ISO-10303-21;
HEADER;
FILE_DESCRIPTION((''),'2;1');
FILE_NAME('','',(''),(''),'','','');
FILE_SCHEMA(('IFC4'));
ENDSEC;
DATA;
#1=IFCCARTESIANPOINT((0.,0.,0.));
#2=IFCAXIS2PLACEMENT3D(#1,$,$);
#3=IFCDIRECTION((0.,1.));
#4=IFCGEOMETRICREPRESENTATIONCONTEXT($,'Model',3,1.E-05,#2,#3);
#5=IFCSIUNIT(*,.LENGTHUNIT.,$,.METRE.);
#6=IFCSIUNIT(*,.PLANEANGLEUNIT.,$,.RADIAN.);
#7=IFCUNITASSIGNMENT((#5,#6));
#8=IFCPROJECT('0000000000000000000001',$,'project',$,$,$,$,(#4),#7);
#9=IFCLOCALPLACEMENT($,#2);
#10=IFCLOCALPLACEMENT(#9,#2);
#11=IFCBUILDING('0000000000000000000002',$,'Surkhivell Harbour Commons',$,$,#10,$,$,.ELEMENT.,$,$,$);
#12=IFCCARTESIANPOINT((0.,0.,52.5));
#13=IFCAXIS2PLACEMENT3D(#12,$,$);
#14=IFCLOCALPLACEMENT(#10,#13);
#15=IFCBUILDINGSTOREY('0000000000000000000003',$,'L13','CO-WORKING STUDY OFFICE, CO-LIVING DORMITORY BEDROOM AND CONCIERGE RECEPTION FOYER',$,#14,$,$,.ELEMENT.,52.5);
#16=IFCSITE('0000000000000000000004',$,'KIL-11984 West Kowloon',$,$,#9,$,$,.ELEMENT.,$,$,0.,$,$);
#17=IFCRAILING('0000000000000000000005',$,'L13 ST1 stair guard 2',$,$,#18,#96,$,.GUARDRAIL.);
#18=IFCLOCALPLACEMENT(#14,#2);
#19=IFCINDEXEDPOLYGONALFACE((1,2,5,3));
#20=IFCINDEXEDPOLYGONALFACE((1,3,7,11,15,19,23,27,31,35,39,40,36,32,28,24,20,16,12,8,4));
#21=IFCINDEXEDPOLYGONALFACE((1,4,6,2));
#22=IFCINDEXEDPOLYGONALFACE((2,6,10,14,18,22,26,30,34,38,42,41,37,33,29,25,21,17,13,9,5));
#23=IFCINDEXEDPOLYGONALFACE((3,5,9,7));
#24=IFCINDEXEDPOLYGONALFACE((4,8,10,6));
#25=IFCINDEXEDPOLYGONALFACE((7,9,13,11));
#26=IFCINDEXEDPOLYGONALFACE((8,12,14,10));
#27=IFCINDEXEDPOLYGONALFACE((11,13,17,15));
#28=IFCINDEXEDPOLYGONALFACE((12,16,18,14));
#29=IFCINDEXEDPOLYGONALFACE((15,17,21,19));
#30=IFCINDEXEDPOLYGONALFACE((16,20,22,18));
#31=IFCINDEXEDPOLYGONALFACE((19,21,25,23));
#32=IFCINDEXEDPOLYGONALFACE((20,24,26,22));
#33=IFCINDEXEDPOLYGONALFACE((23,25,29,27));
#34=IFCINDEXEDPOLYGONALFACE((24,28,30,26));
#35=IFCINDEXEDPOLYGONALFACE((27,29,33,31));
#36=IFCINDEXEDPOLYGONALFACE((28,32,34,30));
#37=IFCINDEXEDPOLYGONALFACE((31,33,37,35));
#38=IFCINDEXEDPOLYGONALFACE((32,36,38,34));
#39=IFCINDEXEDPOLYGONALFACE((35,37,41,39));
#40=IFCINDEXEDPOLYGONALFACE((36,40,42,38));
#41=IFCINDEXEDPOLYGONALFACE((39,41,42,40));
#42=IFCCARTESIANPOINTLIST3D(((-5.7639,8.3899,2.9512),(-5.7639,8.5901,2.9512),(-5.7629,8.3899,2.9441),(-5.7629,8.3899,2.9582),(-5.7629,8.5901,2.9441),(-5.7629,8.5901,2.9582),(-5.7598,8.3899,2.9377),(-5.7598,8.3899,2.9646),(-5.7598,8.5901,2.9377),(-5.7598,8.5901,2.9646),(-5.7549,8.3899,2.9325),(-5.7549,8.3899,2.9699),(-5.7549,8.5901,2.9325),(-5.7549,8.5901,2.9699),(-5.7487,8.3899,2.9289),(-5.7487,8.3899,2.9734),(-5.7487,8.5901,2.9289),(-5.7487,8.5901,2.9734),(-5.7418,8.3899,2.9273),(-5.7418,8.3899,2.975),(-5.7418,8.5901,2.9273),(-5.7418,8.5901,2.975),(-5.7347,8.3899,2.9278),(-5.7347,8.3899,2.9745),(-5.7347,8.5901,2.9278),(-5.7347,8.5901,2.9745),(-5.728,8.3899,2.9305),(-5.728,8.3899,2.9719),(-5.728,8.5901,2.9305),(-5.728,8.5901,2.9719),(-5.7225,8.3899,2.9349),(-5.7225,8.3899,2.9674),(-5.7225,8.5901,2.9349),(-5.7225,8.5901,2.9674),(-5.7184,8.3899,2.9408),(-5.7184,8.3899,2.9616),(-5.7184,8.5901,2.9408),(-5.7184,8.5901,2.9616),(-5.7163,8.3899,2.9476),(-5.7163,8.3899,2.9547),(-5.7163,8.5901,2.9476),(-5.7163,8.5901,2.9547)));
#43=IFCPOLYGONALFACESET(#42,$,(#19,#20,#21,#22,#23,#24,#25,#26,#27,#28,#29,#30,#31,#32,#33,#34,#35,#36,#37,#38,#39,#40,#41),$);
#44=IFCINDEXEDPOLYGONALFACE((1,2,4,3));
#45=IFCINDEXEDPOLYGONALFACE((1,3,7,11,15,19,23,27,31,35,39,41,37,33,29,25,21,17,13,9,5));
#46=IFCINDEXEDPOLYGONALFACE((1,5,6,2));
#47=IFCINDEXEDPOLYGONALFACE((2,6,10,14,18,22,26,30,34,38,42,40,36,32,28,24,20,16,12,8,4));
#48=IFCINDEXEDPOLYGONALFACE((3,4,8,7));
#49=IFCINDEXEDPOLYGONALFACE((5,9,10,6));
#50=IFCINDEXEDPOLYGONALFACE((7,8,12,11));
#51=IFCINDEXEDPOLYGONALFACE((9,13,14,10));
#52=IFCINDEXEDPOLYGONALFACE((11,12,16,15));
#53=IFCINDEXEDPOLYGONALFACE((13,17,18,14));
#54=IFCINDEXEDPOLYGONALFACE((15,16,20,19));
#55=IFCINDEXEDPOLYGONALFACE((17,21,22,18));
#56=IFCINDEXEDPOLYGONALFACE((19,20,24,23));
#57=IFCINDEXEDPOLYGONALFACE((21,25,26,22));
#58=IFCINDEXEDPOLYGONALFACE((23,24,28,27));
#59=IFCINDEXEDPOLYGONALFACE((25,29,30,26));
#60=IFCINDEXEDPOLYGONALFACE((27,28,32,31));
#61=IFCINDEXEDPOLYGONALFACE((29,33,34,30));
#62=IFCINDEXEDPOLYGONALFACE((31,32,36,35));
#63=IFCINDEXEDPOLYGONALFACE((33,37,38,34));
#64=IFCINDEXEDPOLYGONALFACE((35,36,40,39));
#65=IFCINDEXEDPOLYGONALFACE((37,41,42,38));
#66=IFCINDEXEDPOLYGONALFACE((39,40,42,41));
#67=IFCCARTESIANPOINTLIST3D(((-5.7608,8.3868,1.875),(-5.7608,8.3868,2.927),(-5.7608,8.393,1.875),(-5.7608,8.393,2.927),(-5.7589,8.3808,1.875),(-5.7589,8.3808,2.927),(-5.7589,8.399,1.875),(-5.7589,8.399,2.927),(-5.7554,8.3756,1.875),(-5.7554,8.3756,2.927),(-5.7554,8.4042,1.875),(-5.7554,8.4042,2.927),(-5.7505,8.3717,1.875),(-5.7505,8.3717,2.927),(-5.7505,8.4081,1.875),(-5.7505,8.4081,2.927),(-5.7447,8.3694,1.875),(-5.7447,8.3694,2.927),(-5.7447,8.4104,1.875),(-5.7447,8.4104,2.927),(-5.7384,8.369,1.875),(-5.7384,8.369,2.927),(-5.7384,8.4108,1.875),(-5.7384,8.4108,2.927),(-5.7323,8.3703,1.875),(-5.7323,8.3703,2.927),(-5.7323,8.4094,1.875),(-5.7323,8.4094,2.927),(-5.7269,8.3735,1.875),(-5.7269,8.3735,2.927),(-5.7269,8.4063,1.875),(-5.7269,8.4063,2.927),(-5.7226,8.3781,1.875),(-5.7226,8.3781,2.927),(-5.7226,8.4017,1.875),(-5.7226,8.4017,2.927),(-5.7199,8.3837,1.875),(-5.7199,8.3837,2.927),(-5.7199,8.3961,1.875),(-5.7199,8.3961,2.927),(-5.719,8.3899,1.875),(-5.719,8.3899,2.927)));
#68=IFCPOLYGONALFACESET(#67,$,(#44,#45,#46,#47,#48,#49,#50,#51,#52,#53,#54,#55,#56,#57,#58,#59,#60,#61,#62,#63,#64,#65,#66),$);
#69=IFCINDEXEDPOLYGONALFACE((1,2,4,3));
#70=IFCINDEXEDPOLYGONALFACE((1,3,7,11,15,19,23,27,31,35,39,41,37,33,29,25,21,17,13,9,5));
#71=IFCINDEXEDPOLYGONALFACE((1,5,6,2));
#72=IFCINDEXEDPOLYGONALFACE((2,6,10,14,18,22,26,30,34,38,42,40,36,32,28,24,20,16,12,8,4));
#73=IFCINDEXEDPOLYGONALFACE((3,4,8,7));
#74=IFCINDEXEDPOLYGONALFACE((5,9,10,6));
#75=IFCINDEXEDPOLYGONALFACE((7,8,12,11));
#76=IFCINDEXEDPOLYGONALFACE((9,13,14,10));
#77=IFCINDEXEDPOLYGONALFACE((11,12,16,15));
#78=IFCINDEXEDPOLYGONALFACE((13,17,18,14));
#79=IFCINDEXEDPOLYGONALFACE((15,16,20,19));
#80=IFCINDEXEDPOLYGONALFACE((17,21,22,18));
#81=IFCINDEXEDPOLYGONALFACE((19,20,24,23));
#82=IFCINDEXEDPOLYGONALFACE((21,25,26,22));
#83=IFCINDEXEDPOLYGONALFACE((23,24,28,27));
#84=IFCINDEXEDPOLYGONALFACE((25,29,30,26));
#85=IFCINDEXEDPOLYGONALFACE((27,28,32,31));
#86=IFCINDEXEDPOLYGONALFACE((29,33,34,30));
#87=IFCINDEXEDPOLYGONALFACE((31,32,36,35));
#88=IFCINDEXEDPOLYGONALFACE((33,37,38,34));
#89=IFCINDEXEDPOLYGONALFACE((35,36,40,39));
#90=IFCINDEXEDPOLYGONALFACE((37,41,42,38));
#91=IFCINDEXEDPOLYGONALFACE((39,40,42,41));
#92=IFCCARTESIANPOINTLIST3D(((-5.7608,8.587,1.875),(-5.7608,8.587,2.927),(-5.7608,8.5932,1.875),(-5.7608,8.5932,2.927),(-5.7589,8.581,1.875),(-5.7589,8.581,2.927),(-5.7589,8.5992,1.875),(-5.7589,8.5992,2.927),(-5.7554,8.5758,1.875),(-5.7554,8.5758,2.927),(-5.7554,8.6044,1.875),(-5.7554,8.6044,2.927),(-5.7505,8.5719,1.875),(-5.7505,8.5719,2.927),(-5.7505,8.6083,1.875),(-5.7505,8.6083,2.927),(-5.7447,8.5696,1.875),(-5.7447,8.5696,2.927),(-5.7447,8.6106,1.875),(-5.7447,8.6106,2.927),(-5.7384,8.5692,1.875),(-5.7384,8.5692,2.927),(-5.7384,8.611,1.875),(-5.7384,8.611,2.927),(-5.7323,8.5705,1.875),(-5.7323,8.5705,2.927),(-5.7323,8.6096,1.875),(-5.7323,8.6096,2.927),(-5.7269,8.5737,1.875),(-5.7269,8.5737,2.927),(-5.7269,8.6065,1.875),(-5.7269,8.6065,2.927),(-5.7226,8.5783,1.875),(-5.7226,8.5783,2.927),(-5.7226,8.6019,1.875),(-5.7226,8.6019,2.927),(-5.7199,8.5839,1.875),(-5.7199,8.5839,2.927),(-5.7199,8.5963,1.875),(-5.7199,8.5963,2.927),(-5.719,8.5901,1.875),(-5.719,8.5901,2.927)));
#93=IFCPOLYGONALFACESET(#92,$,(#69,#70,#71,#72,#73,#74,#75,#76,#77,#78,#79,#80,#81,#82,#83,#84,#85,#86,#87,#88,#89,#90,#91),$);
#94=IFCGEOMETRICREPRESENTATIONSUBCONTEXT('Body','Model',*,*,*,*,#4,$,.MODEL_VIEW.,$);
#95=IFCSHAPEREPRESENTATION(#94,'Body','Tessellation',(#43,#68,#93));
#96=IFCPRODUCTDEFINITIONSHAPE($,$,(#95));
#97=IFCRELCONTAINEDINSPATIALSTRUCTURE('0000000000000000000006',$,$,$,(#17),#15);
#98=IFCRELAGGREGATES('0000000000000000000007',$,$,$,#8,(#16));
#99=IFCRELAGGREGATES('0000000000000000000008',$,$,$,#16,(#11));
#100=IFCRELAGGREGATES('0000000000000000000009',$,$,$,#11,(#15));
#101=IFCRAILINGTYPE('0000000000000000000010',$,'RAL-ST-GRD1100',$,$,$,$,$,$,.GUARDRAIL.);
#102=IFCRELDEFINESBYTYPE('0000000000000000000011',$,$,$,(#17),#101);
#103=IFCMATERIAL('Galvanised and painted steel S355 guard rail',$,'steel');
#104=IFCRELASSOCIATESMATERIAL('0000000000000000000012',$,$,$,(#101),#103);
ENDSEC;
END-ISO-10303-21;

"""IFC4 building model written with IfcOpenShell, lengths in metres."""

from ifc_helpers import new_model, si_unit, direction, frame, origin, origin_2d, place, context, subcontext, project, spatial, circle, extrude, material, type_object, element, save


model = new_model("IFC4")

# Units and contexts
model_context = context("Model", 3, precision=1e-05, world=origin(), true_north=direction((0.0, 1.0)))
body_context = subcontext(model_context, "Body", "Model", "MODEL_VIEW")
ifc_project = project(units=[si_unit("LENGTHUNIT", "METRE"), si_unit("PLANEANGLEUNIT", "RADIAN")], contexts=[model_context])

# Site, building, storey
site_placement = place(None, origin())
site = spatial("IfcSite", under=ifc_project, at=site_placement, Name="KIL-11984 West Kowloon", CompositionType="ELEMENT", RefElevation=0.0)
building_placement = place(site_placement, origin())
building = spatial("IfcBuilding", under=site, at=building_placement, Name="Surkhivell Harbour Commons", CompositionType="ELEMENT")
storey_placement = place(building_placement, frame((0.0, 0.0, 52.5)))
storey = spatial("IfcBuildingStorey", under=building, at=storey_placement, Name="L13", Description="CO-WORKING STUDY OFFICE, CO-LIVING DORMITORY BEDROOM AND CONCIERGE RECEPTION FOYER", CompositionType="ELEMENT", Elevation=52.5)

# Railing
ifc_material_1 = material(Name="Galvanised and painted steel S355 guard rail", Category="steel")
railing_type_1 = type_object("IfcRailingType", Name="RAL-ST-GRD1100", PredefinedType="GUARDRAIL", material=ifc_material_1)
railing_1_placement = place(storey_placement, frame((-5.74, 8.3899, 1.875)))
element("IfcRailing", 1, at=railing_1_placement, inside=storey, type_object=railing_type_1, Name="L13 ST1 stair guard 2", PredefinedType="GUARDRAIL", context=body_context, shape_type="SweptSolid", body=[
    extrude(circle(Radius=0.0239, at=origin_2d()), frame((0.0, 0.0, 1.0762), z_axis=(0.0, 1.0, 0.0), x_axis=(-1.0, 0.0, 0.0)), (0.0, 0.0, 1.0), 0.2002),
    extrude(circle(Radius=0.021, at=origin_2d()), origin(), (0.0, 0.0, 1.0), 1.052),
    extrude(circle(Radius=0.021, at=origin_2d()), frame((0.0, 0.2002, 0.0)), (0.0, 0.0, 1.0), 1.052),
])

save(model, "model.ifc")
